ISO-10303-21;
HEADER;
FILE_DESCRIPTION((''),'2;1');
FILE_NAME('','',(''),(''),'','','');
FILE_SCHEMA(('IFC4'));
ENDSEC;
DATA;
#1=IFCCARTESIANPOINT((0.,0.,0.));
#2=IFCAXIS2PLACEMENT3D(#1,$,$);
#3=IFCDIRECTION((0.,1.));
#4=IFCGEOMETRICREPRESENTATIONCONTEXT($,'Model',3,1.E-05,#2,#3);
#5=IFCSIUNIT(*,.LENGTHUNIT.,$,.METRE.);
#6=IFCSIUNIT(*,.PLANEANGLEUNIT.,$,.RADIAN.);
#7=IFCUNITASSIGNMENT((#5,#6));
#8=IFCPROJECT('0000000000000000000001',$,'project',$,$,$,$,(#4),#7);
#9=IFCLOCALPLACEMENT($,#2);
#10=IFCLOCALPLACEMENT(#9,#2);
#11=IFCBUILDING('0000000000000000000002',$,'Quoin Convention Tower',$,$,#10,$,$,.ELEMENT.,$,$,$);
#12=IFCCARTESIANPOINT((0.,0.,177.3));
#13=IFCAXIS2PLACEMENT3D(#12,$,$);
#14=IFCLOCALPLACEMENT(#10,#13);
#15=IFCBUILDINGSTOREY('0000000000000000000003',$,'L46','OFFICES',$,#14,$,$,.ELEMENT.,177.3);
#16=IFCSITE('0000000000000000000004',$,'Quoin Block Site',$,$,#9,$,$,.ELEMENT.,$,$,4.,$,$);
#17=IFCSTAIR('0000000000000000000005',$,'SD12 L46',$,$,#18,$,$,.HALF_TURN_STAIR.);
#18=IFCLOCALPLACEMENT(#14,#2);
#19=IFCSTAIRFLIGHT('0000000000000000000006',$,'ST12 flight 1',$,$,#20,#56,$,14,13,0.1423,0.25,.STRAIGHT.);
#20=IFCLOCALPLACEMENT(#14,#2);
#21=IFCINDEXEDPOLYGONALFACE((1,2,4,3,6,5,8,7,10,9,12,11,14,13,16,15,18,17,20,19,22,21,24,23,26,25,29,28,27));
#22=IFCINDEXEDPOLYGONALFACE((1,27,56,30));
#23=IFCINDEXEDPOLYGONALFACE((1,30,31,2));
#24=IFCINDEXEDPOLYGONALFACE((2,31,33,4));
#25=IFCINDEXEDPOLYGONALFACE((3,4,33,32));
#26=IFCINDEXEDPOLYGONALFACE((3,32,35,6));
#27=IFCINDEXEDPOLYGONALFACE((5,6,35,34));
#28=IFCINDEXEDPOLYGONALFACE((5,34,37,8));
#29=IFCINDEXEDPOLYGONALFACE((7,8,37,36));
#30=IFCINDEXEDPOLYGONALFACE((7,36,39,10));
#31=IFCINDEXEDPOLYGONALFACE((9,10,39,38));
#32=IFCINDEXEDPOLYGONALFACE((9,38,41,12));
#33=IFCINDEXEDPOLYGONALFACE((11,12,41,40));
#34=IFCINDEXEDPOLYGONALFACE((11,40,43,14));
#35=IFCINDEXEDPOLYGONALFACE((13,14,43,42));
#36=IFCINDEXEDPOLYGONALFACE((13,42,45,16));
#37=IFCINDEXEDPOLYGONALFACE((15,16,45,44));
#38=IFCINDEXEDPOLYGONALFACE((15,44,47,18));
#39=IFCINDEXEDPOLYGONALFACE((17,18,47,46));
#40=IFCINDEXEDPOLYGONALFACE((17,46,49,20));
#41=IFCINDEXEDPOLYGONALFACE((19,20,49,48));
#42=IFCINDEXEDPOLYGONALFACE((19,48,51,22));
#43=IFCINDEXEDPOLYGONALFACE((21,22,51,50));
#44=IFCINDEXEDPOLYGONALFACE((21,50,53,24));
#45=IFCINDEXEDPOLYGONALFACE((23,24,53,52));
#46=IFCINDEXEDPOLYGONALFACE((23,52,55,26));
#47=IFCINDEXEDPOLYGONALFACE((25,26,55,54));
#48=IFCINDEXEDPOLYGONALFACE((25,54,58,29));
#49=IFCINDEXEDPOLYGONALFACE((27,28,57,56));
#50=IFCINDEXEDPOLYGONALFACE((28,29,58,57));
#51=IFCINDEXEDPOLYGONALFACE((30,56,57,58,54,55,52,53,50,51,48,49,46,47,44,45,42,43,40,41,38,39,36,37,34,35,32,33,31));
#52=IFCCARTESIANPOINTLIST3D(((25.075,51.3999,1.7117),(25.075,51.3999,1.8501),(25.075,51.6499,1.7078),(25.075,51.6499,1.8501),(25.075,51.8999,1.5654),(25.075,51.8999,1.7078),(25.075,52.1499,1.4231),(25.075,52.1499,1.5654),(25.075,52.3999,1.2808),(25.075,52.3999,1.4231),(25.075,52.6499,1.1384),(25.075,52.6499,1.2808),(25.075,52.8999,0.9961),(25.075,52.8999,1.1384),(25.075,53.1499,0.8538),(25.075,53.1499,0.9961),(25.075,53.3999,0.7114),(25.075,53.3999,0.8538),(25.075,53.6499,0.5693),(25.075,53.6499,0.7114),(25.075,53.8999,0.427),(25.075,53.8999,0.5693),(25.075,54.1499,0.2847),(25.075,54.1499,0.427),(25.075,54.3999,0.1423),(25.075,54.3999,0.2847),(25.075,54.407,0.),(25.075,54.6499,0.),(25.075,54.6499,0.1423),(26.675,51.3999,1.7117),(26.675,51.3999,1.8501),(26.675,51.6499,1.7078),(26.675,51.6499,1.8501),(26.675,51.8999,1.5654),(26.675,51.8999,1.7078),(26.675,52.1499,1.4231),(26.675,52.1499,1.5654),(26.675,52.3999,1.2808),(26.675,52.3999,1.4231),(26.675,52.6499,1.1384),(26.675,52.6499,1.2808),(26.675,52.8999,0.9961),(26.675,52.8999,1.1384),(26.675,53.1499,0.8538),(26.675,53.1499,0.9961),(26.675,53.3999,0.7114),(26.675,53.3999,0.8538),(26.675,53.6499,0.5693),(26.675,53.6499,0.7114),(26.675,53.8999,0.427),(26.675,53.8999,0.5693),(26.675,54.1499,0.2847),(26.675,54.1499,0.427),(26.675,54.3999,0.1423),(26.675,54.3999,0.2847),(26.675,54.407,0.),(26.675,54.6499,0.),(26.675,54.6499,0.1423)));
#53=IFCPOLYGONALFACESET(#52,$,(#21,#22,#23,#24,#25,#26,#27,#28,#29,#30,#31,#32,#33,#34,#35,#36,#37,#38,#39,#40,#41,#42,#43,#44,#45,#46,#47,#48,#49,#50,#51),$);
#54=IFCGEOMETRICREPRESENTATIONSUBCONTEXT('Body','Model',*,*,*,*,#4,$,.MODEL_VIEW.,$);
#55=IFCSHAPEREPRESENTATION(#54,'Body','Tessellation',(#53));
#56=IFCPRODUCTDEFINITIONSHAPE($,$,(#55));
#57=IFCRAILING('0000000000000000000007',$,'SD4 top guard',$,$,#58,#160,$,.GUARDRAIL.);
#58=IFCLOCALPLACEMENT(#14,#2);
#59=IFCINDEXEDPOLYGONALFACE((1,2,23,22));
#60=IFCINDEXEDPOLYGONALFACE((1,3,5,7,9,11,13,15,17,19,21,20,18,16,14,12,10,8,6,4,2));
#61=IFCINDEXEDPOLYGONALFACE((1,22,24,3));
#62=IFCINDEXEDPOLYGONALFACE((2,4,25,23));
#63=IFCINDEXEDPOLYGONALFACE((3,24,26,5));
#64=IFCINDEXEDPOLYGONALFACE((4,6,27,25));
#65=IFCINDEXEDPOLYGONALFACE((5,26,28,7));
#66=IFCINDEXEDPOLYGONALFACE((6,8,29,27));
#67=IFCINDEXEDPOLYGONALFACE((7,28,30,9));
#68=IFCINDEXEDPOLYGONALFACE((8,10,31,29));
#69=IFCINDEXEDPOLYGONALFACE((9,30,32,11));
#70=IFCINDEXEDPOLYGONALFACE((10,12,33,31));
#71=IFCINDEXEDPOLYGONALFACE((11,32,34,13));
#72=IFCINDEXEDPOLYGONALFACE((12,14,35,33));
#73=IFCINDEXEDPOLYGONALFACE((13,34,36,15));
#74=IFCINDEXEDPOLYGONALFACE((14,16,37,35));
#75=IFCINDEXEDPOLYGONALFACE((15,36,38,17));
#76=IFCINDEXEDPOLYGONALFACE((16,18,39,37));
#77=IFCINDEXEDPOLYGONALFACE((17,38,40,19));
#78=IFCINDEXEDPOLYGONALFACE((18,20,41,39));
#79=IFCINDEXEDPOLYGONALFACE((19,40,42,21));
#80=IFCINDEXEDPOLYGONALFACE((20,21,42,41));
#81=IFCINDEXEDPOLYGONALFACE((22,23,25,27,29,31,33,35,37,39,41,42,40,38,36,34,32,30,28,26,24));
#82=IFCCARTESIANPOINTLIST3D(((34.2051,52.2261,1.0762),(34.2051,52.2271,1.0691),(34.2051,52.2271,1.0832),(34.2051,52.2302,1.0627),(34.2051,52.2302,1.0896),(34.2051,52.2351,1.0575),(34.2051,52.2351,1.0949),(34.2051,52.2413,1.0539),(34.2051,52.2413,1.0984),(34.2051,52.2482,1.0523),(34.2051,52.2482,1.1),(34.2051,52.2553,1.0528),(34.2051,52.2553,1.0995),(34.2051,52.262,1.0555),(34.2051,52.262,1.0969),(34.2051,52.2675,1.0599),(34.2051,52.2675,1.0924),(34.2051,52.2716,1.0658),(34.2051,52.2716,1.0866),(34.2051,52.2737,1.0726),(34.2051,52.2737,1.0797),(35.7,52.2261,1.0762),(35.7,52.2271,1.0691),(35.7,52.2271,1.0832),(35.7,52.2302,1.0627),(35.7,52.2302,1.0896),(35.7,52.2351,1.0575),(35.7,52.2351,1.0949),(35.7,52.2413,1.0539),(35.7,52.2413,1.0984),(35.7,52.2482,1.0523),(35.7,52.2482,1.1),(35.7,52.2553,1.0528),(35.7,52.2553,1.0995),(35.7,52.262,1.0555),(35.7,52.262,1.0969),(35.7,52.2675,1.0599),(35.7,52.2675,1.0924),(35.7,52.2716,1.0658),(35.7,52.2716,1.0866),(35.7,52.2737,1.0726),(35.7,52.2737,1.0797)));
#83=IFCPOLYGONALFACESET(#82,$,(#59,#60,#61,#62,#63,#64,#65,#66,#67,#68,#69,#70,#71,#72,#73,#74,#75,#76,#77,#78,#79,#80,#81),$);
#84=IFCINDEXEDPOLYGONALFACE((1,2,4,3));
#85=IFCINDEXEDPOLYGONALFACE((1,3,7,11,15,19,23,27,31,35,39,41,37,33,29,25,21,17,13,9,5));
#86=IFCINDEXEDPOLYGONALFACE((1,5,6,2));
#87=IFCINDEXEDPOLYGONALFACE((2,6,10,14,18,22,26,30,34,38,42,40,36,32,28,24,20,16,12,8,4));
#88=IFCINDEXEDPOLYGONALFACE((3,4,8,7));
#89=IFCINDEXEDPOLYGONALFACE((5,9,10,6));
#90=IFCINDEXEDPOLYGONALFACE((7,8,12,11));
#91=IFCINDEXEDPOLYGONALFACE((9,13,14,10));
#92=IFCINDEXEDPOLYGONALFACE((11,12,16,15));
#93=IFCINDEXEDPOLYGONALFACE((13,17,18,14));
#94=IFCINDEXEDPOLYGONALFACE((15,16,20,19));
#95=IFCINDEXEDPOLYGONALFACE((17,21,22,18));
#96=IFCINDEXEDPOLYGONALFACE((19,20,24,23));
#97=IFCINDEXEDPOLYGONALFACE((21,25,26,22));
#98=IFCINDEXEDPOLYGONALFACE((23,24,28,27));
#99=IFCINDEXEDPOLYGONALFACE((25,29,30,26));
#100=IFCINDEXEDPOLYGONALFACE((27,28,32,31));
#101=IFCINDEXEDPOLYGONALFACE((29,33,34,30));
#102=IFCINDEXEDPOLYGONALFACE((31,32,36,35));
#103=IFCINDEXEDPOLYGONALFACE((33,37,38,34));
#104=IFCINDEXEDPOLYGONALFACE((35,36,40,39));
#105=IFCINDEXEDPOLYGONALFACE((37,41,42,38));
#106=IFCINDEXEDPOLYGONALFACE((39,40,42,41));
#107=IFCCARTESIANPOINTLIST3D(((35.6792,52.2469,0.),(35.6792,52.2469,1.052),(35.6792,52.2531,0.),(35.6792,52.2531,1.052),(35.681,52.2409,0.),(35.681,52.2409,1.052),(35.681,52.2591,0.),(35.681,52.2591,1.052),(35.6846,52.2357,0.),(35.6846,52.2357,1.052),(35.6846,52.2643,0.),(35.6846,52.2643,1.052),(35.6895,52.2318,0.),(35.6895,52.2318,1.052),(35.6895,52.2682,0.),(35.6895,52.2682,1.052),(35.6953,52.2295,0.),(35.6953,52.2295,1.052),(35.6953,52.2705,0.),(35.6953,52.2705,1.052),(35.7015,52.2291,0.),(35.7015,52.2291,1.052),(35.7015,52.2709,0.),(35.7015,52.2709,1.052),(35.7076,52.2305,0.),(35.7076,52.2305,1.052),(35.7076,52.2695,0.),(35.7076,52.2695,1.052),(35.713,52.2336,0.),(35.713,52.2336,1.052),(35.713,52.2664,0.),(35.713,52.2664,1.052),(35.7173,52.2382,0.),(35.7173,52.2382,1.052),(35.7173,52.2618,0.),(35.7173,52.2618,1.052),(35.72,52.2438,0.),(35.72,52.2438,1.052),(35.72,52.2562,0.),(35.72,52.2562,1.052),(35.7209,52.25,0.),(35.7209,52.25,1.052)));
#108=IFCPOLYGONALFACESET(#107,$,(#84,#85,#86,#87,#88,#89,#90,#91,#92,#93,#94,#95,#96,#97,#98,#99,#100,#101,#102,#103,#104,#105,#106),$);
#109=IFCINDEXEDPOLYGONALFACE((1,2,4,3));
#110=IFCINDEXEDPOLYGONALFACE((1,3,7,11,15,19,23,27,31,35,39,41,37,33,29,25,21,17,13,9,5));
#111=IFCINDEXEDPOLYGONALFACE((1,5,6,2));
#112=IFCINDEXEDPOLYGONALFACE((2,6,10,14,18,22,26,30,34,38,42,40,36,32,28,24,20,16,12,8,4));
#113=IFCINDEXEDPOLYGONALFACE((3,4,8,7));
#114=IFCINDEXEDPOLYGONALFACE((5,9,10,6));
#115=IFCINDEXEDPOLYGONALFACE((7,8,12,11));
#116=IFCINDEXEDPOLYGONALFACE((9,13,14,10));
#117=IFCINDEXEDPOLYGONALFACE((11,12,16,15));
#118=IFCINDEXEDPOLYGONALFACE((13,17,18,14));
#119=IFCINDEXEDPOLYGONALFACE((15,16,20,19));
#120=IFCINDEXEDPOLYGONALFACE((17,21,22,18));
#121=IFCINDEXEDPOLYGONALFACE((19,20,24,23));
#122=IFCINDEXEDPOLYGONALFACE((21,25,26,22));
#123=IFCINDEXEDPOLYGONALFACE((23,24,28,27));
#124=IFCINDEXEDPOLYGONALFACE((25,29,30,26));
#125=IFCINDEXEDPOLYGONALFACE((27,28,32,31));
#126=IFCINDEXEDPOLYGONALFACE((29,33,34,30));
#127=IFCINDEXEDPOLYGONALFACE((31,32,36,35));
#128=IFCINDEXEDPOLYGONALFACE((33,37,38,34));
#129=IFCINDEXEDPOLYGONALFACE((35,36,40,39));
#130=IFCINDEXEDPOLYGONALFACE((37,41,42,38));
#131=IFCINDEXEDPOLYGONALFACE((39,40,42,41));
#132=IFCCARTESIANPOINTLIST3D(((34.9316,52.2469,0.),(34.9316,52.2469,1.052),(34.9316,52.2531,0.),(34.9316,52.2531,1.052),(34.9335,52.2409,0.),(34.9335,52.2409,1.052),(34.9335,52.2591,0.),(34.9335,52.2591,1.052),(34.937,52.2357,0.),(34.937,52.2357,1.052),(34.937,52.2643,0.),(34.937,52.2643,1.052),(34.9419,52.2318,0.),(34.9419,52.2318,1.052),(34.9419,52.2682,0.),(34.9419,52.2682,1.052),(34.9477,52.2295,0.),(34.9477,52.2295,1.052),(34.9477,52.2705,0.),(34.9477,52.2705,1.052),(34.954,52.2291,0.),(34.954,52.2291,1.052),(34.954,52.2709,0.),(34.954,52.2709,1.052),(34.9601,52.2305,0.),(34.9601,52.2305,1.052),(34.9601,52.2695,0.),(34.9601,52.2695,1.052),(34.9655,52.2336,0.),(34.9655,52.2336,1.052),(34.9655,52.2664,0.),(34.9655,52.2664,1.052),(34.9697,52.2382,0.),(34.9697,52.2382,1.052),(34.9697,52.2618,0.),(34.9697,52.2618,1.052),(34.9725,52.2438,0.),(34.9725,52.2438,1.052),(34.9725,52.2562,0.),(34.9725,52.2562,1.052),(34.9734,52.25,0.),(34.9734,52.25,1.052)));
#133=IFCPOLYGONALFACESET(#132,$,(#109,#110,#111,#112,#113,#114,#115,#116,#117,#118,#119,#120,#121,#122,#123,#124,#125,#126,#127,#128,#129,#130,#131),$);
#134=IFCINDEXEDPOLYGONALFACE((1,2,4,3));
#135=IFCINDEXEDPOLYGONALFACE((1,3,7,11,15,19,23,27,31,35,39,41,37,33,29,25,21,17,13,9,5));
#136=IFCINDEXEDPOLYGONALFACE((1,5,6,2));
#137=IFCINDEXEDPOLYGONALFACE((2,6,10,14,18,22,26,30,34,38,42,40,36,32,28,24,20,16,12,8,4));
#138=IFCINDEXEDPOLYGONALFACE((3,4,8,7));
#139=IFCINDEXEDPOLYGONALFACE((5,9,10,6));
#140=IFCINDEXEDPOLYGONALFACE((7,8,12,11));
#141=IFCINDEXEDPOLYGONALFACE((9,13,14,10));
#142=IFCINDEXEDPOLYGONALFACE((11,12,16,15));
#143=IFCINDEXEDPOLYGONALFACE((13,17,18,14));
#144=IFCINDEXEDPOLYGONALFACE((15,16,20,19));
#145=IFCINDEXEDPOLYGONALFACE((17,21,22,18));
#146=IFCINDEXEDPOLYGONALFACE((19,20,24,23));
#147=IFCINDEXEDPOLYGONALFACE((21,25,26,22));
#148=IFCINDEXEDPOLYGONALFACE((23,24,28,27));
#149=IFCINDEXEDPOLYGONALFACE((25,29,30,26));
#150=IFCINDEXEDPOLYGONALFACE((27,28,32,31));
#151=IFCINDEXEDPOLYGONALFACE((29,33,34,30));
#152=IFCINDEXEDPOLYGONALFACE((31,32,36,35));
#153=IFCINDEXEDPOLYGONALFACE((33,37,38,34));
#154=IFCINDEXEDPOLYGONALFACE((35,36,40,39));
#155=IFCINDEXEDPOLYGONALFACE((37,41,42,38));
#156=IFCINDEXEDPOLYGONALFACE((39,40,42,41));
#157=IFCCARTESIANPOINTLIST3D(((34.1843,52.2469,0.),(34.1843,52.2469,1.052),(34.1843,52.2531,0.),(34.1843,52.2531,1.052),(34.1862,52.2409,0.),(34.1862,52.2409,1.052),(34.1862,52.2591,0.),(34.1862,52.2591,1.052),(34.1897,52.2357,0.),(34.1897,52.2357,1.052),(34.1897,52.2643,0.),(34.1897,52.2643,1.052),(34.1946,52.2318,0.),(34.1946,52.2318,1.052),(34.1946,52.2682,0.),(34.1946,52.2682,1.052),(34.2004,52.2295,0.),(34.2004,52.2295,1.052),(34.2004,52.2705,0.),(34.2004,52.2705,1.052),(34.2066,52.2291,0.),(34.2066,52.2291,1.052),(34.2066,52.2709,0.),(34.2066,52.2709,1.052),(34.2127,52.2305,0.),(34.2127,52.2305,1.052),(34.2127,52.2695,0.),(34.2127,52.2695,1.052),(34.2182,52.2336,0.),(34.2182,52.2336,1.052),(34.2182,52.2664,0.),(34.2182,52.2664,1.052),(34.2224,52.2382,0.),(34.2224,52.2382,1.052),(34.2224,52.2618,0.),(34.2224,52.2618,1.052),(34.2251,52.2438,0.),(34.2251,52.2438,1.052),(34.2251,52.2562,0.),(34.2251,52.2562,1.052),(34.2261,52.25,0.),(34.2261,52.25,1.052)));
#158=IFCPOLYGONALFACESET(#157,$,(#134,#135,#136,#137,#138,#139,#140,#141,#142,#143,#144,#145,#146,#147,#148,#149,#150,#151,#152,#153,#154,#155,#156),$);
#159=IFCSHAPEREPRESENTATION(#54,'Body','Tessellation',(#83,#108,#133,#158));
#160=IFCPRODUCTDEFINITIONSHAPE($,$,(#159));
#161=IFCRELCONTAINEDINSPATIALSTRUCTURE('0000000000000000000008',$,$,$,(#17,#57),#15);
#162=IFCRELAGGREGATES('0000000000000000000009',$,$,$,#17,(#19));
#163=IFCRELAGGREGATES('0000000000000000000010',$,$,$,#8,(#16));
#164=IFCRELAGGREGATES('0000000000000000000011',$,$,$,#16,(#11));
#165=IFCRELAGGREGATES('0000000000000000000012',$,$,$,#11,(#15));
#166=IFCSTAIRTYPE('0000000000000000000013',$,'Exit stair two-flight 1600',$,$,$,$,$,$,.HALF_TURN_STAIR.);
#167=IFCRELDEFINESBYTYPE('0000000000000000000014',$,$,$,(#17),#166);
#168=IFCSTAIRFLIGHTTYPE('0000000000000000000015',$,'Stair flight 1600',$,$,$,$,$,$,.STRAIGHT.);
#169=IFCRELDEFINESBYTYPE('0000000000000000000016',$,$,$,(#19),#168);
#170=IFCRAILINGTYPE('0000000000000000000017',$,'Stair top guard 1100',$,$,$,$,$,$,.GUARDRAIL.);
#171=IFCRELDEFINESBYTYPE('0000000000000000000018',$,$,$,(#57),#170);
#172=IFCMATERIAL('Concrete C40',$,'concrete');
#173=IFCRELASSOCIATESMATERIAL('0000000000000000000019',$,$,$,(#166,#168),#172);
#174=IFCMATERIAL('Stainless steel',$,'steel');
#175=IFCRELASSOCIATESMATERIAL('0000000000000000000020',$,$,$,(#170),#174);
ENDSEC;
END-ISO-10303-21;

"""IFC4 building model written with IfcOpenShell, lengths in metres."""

from ifc_helpers import new_model, si_unit, direction, frame, origin, origin_2d, place, context, subcontext, project, spatial, polyline, circle, outline, extrude, material, type_object, element, aggregate, save


model = new_model("IFC4")

# Units and contexts
model_context = context("Model", 3, precision=1e-05, world=origin(), true_north=direction((0.0, 1.0)))
body_context = subcontext(model_context, "Body", "Model", "MODEL_VIEW")
ifc_project = project(units=[si_unit("LENGTHUNIT", "METRE"), si_unit("PLANEANGLEUNIT", "RADIAN")], contexts=[model_context])

# Site, building, storey
site_placement = place(None, origin())
site = spatial("IfcSite", under=ifc_project, at=site_placement, Name="Quoin Block Site", CompositionType="ELEMENT", RefElevation=4.0)
building_placement = place(site_placement, origin())
building = spatial("IfcBuilding", under=site, at=building_placement, Name="Quoin Convention Tower", CompositionType="ELEMENT")
storey_placement = place(building_placement, frame((0.0, 0.0, 177.3)))
storey = spatial("IfcBuildingStorey", under=building, at=storey_placement, Name="L46", Description="OFFICES", CompositionType="ELEMENT", Elevation=177.3)

# Shared definitions
ifc_material_1 = material(Name="Concrete C40", Category="concrete")

# Stair, stair flight
stair_type_1 = type_object("IfcStairType", Name="Exit stair two-flight 1600", PredefinedType="HALF_TURN_STAIR", material=ifc_material_1)
stair_1_placement = place(storey_placement, origin())
stair_1 = element("IfcStair", 1, at=stair_1_placement, inside=storey, type_object=stair_type_1, Name="SD12 L46", PredefinedType="HALF_TURN_STAIR")
stair_flight_type_1 = type_object("IfcStairFlightType", Name="Stair flight 1600", PredefinedType="STRAIGHT", material=ifc_material_1)
stair_flight_1_placement = place(storey_placement, frame((25.875, 54.6499, 0.0), z_axis=(0.0, 0.0, 1.0), x_axis=(0.0, -1.0, 0.0)))
stair_flight_1 = element("IfcStairFlight", 2, at=stair_flight_1_placement, type_object=stair_flight_type_1, Name="ST12 flight 1", NumberOfRisers=14, NumberOfTreads=13, PredefinedType="STRAIGHT", RiserHeight=0.1423, TreadLength=0.25, context=body_context, shape_type="SweptSolid", body=[
    extrude(outline(polyline([(0.0, 0.0), (0.0, 0.1423), (0.25, 0.1423), (0.25, 0.2847), (0.5, 0.2847), (0.5, 0.427), (0.75, 0.427), (0.75, 0.5693), (1.0, 0.5693), (1.0, 0.7114), (1.25, 0.7114), (1.25, 0.8538), (1.5, 0.8538), (1.5, 0.9961), (1.75, 0.9961), (1.75, 1.1384), (2.0, 1.1384), (2.0, 1.2808), (2.25, 1.2808), (2.25, 1.4231), (2.5, 1.4231), (2.5, 1.5654), (2.75, 1.5654), (2.75, 1.7078), (3.0, 1.7078), (3.0, 1.8501), (3.25, 1.8501), (3.25, 1.9922), (3.25, 1.7117), (0.2429, 0.0), (0.0, 0.0)])), frame((0.0, 0.8, 0.0), z_axis=(0.0, -1.0, 0.0), x_axis=(1.0, 0.0, 0.0)), (0.0, 0.0, 1.0), 1.6001),
])
aggregate(stair_1, [stair_flight_1])

# Railing
ifc_material_2 = material(Name="Stainless steel", Category="steel")
railing_type_1 = type_object("IfcRailingType", Name="Stair top guard 1100", PredefinedType="GUARDRAIL", material=ifc_material_2)
railing_1_placement = place(storey_placement, frame((35.7, 52.25, 0.0)))
element("IfcRailing", 3, at=railing_1_placement, inside=storey, type_object=railing_type_1, Name="SD4 top guard", PredefinedType="GUARDRAIL", context=body_context, shape_type="SweptSolid", body=[
    extrude(circle(Radius=0.0239, at=origin_2d()), frame((0.0, 0.0, 1.0762), z_axis=(-1.0, 0.0, 0.0), x_axis=(0.0, -1.0, 0.0)), (0.0, 0.0, 1.0), 1.4949),
    extrude(circle(Radius=0.021, at=origin_2d()), origin(), (0.0, 0.0, 1.0), 1.052),
    extrude(circle(Radius=0.021, at=origin_2d()), frame((-0.7476, 0.0, 0.0)), (0.0, 0.0, 1.0), 1.052),
    extrude(circle(Radius=0.021, at=origin_2d()), frame((-1.4949, 0.0, 0.0)), (0.0, 0.0, 1.0), 1.052),
])

save(model, "model.ifc")
